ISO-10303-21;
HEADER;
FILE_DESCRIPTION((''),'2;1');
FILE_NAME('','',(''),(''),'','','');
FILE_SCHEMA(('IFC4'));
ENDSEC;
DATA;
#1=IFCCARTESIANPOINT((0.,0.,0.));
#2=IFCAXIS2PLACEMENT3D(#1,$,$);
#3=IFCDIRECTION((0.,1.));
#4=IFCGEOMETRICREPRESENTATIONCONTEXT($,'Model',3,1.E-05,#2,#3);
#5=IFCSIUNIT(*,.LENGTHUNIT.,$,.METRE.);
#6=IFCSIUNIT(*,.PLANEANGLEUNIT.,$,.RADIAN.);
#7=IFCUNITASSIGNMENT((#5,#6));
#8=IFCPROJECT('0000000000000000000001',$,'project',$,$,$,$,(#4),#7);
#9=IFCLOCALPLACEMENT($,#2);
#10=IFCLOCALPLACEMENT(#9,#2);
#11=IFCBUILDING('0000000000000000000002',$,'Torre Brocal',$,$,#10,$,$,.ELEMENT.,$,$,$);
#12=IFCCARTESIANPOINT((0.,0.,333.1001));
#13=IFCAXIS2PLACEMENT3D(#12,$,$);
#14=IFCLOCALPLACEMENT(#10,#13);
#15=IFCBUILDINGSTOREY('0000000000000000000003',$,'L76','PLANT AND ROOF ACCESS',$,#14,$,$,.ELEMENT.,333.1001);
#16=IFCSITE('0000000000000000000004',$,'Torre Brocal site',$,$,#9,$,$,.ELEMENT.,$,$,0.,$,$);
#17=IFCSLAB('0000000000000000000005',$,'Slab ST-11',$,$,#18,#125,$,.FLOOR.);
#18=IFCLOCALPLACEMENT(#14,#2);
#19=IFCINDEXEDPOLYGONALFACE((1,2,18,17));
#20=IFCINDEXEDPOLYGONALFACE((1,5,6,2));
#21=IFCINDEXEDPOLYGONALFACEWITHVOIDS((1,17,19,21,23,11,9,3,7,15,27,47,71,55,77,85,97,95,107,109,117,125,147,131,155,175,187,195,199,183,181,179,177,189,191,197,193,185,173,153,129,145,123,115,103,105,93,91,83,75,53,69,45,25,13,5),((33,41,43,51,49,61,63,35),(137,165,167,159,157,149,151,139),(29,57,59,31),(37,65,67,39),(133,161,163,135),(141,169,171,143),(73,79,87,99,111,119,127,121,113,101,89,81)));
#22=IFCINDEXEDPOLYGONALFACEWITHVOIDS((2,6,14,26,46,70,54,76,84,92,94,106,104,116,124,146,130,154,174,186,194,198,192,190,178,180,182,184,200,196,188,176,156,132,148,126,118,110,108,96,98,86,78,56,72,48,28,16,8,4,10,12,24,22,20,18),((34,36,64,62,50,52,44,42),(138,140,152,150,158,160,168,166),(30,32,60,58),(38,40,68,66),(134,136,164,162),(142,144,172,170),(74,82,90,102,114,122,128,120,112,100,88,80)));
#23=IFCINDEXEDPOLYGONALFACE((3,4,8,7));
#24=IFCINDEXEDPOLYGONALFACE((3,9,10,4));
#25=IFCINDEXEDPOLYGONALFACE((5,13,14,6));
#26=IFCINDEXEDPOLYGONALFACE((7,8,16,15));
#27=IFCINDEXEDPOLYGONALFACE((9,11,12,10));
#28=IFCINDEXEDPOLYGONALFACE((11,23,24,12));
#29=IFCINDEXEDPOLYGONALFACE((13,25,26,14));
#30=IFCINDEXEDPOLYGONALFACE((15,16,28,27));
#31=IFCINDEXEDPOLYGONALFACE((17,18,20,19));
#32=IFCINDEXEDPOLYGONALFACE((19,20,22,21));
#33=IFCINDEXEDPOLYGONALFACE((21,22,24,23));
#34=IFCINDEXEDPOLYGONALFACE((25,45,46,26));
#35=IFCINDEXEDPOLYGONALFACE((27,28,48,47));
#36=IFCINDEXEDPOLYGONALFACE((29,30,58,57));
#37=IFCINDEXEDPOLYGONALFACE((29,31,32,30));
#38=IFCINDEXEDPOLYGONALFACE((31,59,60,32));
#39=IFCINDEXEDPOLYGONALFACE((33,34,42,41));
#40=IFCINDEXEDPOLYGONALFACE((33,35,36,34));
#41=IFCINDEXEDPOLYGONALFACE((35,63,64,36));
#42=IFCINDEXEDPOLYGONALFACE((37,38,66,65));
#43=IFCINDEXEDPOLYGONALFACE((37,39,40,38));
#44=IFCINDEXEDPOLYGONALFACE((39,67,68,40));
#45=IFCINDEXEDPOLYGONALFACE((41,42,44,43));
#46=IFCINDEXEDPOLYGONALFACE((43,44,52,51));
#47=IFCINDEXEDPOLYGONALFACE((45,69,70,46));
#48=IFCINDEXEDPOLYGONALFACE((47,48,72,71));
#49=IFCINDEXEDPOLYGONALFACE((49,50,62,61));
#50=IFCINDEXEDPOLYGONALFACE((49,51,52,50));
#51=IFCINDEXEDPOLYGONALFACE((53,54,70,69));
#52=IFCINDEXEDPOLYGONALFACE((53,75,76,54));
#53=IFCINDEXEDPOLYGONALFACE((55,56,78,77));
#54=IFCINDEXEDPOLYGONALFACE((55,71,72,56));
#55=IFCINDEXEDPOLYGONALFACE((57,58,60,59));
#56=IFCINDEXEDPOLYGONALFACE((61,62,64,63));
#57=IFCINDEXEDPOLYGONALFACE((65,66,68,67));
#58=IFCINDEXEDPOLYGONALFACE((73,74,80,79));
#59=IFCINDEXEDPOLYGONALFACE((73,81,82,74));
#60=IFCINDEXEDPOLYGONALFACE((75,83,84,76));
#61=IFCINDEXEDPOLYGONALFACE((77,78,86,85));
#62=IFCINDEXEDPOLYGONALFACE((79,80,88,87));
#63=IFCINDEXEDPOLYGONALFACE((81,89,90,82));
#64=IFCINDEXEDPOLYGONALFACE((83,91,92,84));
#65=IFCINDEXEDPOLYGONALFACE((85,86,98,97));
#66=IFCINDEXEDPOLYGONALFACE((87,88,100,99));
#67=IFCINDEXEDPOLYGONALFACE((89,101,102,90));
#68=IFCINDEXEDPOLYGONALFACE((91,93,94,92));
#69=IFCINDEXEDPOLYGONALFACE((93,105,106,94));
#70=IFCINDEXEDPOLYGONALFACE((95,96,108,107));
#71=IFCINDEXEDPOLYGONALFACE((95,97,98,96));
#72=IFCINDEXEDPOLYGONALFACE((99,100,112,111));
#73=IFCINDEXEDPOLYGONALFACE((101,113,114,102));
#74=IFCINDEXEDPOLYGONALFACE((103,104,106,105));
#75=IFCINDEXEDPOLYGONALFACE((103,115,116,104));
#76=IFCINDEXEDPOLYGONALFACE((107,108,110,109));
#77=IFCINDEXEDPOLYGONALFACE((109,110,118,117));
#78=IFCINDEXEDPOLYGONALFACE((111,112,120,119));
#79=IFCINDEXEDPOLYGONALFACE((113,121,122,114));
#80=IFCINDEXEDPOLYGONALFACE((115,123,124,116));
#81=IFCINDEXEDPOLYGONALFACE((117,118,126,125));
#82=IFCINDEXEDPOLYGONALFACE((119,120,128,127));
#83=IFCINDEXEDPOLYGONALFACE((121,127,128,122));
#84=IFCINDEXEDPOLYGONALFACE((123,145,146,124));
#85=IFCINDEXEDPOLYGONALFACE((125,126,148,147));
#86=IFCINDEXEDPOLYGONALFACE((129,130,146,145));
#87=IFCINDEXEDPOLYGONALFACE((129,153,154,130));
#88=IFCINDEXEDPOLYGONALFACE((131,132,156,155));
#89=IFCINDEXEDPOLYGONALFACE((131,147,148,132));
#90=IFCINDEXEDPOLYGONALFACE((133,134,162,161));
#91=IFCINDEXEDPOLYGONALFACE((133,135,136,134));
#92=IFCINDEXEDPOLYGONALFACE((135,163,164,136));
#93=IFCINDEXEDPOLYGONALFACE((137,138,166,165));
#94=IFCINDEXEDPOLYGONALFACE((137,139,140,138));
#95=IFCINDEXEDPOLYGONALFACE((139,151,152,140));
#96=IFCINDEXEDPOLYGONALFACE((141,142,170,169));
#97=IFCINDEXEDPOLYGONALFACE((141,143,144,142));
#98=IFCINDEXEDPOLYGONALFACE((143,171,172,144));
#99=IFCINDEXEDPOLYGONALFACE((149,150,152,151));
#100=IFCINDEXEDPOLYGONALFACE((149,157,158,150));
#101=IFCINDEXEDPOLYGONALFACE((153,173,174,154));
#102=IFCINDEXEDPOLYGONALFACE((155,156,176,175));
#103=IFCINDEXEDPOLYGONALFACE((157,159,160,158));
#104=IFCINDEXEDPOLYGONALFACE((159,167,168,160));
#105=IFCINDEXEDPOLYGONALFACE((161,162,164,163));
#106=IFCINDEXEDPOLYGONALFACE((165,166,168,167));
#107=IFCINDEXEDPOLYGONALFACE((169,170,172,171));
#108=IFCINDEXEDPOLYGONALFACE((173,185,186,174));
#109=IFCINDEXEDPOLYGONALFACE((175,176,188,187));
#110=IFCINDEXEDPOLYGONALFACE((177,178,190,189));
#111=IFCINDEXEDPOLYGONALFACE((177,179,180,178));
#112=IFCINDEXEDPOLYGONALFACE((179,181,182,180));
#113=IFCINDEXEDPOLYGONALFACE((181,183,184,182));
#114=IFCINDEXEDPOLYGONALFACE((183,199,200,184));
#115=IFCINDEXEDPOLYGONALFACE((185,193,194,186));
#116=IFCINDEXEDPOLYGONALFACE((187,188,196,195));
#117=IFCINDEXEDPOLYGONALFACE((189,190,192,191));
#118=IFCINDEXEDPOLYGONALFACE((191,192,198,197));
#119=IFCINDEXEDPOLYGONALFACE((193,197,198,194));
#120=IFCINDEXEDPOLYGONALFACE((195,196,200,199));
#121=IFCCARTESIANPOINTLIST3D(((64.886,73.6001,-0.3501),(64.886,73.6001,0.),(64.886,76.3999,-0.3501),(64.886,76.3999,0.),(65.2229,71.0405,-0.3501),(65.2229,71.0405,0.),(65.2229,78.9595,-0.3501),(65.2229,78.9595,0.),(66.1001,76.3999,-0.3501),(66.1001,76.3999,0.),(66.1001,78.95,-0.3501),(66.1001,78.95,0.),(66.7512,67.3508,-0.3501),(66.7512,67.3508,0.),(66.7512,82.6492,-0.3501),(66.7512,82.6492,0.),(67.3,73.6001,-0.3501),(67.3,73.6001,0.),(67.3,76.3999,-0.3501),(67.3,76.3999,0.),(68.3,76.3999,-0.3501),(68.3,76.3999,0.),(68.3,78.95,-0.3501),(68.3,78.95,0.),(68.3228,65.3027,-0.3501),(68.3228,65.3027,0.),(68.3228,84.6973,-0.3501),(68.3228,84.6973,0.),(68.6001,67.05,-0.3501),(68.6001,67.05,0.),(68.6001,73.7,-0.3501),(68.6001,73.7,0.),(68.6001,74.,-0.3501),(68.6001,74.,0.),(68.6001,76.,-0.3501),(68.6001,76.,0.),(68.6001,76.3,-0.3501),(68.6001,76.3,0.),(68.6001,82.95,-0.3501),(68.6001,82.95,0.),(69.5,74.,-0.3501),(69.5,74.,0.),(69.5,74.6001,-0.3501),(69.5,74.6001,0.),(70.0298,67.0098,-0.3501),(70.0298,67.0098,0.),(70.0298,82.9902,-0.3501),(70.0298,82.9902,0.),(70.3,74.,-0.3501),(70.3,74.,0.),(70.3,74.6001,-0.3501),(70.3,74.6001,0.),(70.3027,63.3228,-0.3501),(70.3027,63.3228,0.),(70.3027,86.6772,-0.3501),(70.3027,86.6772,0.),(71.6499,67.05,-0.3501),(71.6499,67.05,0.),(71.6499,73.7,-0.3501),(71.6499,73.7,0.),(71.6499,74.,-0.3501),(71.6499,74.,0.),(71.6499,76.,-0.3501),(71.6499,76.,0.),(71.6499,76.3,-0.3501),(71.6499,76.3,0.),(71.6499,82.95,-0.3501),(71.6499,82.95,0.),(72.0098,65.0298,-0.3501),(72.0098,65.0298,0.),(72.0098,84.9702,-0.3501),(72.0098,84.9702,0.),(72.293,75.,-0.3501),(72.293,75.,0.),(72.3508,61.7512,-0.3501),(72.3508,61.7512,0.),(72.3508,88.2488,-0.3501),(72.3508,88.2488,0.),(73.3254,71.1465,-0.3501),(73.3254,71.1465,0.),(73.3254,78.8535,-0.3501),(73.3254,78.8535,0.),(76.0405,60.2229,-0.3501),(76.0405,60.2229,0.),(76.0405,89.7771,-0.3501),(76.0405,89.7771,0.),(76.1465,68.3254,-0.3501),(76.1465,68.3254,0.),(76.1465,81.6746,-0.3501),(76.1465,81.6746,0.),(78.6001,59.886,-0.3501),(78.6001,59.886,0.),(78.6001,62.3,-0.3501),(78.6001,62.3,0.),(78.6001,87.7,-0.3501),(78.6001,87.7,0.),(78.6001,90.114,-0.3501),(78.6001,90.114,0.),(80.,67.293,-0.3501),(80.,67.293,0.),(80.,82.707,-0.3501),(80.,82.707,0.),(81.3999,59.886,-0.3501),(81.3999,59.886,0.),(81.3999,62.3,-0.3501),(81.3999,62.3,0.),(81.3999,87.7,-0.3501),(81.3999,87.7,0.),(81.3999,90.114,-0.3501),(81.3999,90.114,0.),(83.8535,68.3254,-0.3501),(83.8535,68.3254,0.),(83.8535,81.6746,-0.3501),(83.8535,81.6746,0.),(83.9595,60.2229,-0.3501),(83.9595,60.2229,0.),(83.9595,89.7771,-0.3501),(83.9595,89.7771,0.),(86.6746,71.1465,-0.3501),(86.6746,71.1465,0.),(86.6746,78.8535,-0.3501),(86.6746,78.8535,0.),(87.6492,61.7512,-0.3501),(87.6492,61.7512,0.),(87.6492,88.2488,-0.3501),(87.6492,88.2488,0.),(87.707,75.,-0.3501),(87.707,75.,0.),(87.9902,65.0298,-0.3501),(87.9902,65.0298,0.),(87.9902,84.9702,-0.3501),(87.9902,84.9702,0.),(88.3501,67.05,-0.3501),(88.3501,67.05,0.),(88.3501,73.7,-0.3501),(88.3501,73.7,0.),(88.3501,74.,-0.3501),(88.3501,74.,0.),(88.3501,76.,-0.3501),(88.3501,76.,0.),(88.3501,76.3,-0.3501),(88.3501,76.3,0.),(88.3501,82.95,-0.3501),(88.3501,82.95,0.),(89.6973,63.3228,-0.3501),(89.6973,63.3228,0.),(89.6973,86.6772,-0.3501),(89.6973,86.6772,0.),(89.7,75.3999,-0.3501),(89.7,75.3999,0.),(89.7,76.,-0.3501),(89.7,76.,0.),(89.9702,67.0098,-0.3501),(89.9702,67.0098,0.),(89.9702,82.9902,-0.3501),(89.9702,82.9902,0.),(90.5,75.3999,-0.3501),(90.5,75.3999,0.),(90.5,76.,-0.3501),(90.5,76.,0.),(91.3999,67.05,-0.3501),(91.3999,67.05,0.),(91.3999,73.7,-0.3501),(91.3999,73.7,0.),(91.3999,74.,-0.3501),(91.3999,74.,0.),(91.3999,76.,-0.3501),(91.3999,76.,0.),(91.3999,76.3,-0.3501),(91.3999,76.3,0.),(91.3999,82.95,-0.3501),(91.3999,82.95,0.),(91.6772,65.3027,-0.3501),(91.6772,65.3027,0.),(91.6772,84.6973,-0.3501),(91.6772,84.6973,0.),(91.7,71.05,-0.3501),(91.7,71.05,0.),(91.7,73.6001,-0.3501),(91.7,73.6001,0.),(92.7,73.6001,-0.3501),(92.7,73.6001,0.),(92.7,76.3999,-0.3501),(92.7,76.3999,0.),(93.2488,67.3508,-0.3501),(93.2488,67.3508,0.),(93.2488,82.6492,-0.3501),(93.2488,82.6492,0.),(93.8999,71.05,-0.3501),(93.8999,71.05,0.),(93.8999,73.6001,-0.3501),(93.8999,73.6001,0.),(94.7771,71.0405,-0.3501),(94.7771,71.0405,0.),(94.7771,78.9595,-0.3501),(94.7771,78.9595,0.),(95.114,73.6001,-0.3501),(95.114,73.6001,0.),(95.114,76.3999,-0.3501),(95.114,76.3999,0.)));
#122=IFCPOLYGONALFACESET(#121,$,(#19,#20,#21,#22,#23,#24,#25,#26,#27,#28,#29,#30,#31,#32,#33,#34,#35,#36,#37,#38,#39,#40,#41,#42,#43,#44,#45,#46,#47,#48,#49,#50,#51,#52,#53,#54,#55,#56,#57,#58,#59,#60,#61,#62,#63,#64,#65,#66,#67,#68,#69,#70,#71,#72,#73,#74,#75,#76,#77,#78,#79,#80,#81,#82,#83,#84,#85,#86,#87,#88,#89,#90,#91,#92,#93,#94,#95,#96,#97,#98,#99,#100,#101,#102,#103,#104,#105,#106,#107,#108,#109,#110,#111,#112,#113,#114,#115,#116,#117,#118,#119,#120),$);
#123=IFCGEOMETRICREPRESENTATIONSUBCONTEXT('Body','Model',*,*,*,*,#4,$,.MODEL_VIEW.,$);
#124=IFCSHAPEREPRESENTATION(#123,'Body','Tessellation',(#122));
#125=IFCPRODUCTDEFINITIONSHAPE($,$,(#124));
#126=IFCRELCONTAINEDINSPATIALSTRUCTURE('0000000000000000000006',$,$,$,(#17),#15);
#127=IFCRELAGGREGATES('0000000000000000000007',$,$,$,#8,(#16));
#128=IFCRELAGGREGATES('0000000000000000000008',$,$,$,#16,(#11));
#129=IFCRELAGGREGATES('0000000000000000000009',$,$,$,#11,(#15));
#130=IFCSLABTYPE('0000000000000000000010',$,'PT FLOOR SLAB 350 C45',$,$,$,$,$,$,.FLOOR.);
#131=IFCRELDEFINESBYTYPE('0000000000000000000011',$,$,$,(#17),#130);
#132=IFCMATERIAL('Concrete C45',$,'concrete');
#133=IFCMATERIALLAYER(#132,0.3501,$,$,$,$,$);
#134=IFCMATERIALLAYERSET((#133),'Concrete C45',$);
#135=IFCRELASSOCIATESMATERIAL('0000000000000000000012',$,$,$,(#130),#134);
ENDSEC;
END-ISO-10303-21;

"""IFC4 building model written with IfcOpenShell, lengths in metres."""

from ifc_helpers import new_model, si_unit, direction, frame, origin, place, context, subcontext, project, spatial, polyline, outline, extrude, material, layer, layer_set, type_object, element, save


model = new_model("IFC4")

# Units and contexts
model_context = context("Model", 3, precision=1e-05, world=origin(), true_north=direction((0.0, 1.0)))
body_context = subcontext(model_context, "Body", "Model", "MODEL_VIEW")
ifc_project = project(units=[si_unit("LENGTHUNIT", "METRE"), si_unit("PLANEANGLEUNIT", "RADIAN")], contexts=[model_context])

# Site, building, storey
site_placement = place(None, origin())
site = spatial("IfcSite", under=ifc_project, at=site_placement, Name="Torre Brocal site", CompositionType="ELEMENT", RefElevation=0.0)
building_placement = place(site_placement, origin())
building = spatial("IfcBuilding", under=site, at=building_placement, Name="Torre Brocal", CompositionType="ELEMENT")
storey_placement = place(building_placement, frame((0.0, 0.0, 333.1001)))
storey = spatial("IfcBuildingStorey", under=building, at=storey_placement, Name="L76", Description="PLANT AND ROOF ACCESS", CompositionType="ELEMENT", Elevation=333.1001)

# Slab
ifc_material_1 = material(Name="Concrete C45", Category="concrete")
ifc_layer_1 = layer(ifc_material_1, 0.3501)
ifc_layer_set_1 = layer_set([ifc_layer_1], Name="Concrete C45")
slab_type_1 = type_object("IfcSlabType", Name="PT FLOOR SLAB 350 C45", PredefinedType="FLOOR", material=ifc_layer_set_1)
slab_1_placement = place(storey_placement, frame((0.0, 0.0, -0.3501)))
element("IfcSlab", 1, at=slab_1_placement, inside=storey, type_object=slab_type_1, Name="Slab ST-11", PredefinedType="FLOOR", context=body_context, shape_type="SweptSolid", body=[
    extrude(outline(polyline([(92.7, 76.3999), (92.7, 73.6001), (91.7, 73.6001), (91.7, 71.05), (93.8999, 71.05), (93.8999, 73.6001), (95.114, 73.6001), (94.7771, 71.0405), (93.2488, 67.3508), (91.6772, 65.3027), (89.9702, 67.0098), (87.9902, 65.0298), (89.6973, 63.3228), (87.6492, 61.7512), (83.9595, 60.2229), (81.3999, 59.886), (81.3999, 62.3), (78.6001, 62.3), (78.6001, 59.886), (76.0405, 60.2229), (72.3508, 61.7512), (70.3027, 63.3228), (72.0098, 65.0298), (70.0298, 67.0098), (68.3228, 65.3027), (66.7512, 67.3508), (65.2229, 71.0405), (64.886, 73.6001), (67.3, 73.6001), (67.3, 76.3999), (68.3, 76.3999), (68.3, 78.95), (66.1001, 78.95), (66.1001, 76.3999), (64.886, 76.3999), (65.2229, 78.9595), (66.7512, 82.6492), (68.3228, 84.6973), (70.0298, 82.9902), (72.0098, 84.9702), (70.3027, 86.6772), (72.3508, 88.2488), (76.0405, 89.7771), (78.6001, 90.114), (78.6001, 87.7), (81.3999, 87.7), (81.3999, 90.114), (83.9595, 89.7771), (87.6492, 88.2488), (89.6973, 86.6772), (87.9902, 84.9702), (89.9702, 82.9902), (91.6772, 84.6973), (93.2488, 82.6492), (94.7771, 78.9595), (95.114, 76.3999), (92.7, 76.3999)]), holes=[polyline([(88.3501, 76.0), (88.3501, 74.0), (91.3999, 74.0), (91.3999, 76.0), (90.5, 76.0), (90.5, 75.3999), (89.7, 75.3999), (89.7, 76.0), (88.3501, 76.0)]), polyline([(88.3501, 73.7), (88.3501, 67.05), (91.3999, 67.05), (91.3999, 73.7), (88.3501, 73.7)]), polyline([(88.3501, 82.95), (88.3501, 76.3), (91.3999, 76.3), (91.3999, 82.95), (88.3501, 82.95)]), polyline([(80.0, 82.707), (76.1465, 81.6746), (73.3254, 78.8535), (72.293, 75.0), (73.3254, 71.1465), (76.1465, 68.3254), (80.0, 67.293), (83.8535, 68.3254), (86.6746, 71.1465), (87.707, 75.0), (86.6746, 78.8535), (83.8535, 81.6746), (80.0, 82.707)]), polyline([(71.6499, 67.05), (71.6499, 73.7), (68.6001, 73.7), (68.6001, 67.05), (71.6499, 67.05)]), polyline([(71.6499, 76.3), (71.6499, 82.95), (68.6001, 82.95), (68.6001, 76.3), (71.6499, 76.3)]), polyline([(71.6499, 74.0), (71.6499, 76.0), (68.6001, 76.0), (68.6001, 74.0), (69.5, 74.0), (69.5, 74.6001), (70.3, 74.6001), (70.3, 74.0), (71.6499, 74.0)])]), origin(), (0.0, 0.0, 1.0), 0.3501),
])

save(model, "model.ifc")
